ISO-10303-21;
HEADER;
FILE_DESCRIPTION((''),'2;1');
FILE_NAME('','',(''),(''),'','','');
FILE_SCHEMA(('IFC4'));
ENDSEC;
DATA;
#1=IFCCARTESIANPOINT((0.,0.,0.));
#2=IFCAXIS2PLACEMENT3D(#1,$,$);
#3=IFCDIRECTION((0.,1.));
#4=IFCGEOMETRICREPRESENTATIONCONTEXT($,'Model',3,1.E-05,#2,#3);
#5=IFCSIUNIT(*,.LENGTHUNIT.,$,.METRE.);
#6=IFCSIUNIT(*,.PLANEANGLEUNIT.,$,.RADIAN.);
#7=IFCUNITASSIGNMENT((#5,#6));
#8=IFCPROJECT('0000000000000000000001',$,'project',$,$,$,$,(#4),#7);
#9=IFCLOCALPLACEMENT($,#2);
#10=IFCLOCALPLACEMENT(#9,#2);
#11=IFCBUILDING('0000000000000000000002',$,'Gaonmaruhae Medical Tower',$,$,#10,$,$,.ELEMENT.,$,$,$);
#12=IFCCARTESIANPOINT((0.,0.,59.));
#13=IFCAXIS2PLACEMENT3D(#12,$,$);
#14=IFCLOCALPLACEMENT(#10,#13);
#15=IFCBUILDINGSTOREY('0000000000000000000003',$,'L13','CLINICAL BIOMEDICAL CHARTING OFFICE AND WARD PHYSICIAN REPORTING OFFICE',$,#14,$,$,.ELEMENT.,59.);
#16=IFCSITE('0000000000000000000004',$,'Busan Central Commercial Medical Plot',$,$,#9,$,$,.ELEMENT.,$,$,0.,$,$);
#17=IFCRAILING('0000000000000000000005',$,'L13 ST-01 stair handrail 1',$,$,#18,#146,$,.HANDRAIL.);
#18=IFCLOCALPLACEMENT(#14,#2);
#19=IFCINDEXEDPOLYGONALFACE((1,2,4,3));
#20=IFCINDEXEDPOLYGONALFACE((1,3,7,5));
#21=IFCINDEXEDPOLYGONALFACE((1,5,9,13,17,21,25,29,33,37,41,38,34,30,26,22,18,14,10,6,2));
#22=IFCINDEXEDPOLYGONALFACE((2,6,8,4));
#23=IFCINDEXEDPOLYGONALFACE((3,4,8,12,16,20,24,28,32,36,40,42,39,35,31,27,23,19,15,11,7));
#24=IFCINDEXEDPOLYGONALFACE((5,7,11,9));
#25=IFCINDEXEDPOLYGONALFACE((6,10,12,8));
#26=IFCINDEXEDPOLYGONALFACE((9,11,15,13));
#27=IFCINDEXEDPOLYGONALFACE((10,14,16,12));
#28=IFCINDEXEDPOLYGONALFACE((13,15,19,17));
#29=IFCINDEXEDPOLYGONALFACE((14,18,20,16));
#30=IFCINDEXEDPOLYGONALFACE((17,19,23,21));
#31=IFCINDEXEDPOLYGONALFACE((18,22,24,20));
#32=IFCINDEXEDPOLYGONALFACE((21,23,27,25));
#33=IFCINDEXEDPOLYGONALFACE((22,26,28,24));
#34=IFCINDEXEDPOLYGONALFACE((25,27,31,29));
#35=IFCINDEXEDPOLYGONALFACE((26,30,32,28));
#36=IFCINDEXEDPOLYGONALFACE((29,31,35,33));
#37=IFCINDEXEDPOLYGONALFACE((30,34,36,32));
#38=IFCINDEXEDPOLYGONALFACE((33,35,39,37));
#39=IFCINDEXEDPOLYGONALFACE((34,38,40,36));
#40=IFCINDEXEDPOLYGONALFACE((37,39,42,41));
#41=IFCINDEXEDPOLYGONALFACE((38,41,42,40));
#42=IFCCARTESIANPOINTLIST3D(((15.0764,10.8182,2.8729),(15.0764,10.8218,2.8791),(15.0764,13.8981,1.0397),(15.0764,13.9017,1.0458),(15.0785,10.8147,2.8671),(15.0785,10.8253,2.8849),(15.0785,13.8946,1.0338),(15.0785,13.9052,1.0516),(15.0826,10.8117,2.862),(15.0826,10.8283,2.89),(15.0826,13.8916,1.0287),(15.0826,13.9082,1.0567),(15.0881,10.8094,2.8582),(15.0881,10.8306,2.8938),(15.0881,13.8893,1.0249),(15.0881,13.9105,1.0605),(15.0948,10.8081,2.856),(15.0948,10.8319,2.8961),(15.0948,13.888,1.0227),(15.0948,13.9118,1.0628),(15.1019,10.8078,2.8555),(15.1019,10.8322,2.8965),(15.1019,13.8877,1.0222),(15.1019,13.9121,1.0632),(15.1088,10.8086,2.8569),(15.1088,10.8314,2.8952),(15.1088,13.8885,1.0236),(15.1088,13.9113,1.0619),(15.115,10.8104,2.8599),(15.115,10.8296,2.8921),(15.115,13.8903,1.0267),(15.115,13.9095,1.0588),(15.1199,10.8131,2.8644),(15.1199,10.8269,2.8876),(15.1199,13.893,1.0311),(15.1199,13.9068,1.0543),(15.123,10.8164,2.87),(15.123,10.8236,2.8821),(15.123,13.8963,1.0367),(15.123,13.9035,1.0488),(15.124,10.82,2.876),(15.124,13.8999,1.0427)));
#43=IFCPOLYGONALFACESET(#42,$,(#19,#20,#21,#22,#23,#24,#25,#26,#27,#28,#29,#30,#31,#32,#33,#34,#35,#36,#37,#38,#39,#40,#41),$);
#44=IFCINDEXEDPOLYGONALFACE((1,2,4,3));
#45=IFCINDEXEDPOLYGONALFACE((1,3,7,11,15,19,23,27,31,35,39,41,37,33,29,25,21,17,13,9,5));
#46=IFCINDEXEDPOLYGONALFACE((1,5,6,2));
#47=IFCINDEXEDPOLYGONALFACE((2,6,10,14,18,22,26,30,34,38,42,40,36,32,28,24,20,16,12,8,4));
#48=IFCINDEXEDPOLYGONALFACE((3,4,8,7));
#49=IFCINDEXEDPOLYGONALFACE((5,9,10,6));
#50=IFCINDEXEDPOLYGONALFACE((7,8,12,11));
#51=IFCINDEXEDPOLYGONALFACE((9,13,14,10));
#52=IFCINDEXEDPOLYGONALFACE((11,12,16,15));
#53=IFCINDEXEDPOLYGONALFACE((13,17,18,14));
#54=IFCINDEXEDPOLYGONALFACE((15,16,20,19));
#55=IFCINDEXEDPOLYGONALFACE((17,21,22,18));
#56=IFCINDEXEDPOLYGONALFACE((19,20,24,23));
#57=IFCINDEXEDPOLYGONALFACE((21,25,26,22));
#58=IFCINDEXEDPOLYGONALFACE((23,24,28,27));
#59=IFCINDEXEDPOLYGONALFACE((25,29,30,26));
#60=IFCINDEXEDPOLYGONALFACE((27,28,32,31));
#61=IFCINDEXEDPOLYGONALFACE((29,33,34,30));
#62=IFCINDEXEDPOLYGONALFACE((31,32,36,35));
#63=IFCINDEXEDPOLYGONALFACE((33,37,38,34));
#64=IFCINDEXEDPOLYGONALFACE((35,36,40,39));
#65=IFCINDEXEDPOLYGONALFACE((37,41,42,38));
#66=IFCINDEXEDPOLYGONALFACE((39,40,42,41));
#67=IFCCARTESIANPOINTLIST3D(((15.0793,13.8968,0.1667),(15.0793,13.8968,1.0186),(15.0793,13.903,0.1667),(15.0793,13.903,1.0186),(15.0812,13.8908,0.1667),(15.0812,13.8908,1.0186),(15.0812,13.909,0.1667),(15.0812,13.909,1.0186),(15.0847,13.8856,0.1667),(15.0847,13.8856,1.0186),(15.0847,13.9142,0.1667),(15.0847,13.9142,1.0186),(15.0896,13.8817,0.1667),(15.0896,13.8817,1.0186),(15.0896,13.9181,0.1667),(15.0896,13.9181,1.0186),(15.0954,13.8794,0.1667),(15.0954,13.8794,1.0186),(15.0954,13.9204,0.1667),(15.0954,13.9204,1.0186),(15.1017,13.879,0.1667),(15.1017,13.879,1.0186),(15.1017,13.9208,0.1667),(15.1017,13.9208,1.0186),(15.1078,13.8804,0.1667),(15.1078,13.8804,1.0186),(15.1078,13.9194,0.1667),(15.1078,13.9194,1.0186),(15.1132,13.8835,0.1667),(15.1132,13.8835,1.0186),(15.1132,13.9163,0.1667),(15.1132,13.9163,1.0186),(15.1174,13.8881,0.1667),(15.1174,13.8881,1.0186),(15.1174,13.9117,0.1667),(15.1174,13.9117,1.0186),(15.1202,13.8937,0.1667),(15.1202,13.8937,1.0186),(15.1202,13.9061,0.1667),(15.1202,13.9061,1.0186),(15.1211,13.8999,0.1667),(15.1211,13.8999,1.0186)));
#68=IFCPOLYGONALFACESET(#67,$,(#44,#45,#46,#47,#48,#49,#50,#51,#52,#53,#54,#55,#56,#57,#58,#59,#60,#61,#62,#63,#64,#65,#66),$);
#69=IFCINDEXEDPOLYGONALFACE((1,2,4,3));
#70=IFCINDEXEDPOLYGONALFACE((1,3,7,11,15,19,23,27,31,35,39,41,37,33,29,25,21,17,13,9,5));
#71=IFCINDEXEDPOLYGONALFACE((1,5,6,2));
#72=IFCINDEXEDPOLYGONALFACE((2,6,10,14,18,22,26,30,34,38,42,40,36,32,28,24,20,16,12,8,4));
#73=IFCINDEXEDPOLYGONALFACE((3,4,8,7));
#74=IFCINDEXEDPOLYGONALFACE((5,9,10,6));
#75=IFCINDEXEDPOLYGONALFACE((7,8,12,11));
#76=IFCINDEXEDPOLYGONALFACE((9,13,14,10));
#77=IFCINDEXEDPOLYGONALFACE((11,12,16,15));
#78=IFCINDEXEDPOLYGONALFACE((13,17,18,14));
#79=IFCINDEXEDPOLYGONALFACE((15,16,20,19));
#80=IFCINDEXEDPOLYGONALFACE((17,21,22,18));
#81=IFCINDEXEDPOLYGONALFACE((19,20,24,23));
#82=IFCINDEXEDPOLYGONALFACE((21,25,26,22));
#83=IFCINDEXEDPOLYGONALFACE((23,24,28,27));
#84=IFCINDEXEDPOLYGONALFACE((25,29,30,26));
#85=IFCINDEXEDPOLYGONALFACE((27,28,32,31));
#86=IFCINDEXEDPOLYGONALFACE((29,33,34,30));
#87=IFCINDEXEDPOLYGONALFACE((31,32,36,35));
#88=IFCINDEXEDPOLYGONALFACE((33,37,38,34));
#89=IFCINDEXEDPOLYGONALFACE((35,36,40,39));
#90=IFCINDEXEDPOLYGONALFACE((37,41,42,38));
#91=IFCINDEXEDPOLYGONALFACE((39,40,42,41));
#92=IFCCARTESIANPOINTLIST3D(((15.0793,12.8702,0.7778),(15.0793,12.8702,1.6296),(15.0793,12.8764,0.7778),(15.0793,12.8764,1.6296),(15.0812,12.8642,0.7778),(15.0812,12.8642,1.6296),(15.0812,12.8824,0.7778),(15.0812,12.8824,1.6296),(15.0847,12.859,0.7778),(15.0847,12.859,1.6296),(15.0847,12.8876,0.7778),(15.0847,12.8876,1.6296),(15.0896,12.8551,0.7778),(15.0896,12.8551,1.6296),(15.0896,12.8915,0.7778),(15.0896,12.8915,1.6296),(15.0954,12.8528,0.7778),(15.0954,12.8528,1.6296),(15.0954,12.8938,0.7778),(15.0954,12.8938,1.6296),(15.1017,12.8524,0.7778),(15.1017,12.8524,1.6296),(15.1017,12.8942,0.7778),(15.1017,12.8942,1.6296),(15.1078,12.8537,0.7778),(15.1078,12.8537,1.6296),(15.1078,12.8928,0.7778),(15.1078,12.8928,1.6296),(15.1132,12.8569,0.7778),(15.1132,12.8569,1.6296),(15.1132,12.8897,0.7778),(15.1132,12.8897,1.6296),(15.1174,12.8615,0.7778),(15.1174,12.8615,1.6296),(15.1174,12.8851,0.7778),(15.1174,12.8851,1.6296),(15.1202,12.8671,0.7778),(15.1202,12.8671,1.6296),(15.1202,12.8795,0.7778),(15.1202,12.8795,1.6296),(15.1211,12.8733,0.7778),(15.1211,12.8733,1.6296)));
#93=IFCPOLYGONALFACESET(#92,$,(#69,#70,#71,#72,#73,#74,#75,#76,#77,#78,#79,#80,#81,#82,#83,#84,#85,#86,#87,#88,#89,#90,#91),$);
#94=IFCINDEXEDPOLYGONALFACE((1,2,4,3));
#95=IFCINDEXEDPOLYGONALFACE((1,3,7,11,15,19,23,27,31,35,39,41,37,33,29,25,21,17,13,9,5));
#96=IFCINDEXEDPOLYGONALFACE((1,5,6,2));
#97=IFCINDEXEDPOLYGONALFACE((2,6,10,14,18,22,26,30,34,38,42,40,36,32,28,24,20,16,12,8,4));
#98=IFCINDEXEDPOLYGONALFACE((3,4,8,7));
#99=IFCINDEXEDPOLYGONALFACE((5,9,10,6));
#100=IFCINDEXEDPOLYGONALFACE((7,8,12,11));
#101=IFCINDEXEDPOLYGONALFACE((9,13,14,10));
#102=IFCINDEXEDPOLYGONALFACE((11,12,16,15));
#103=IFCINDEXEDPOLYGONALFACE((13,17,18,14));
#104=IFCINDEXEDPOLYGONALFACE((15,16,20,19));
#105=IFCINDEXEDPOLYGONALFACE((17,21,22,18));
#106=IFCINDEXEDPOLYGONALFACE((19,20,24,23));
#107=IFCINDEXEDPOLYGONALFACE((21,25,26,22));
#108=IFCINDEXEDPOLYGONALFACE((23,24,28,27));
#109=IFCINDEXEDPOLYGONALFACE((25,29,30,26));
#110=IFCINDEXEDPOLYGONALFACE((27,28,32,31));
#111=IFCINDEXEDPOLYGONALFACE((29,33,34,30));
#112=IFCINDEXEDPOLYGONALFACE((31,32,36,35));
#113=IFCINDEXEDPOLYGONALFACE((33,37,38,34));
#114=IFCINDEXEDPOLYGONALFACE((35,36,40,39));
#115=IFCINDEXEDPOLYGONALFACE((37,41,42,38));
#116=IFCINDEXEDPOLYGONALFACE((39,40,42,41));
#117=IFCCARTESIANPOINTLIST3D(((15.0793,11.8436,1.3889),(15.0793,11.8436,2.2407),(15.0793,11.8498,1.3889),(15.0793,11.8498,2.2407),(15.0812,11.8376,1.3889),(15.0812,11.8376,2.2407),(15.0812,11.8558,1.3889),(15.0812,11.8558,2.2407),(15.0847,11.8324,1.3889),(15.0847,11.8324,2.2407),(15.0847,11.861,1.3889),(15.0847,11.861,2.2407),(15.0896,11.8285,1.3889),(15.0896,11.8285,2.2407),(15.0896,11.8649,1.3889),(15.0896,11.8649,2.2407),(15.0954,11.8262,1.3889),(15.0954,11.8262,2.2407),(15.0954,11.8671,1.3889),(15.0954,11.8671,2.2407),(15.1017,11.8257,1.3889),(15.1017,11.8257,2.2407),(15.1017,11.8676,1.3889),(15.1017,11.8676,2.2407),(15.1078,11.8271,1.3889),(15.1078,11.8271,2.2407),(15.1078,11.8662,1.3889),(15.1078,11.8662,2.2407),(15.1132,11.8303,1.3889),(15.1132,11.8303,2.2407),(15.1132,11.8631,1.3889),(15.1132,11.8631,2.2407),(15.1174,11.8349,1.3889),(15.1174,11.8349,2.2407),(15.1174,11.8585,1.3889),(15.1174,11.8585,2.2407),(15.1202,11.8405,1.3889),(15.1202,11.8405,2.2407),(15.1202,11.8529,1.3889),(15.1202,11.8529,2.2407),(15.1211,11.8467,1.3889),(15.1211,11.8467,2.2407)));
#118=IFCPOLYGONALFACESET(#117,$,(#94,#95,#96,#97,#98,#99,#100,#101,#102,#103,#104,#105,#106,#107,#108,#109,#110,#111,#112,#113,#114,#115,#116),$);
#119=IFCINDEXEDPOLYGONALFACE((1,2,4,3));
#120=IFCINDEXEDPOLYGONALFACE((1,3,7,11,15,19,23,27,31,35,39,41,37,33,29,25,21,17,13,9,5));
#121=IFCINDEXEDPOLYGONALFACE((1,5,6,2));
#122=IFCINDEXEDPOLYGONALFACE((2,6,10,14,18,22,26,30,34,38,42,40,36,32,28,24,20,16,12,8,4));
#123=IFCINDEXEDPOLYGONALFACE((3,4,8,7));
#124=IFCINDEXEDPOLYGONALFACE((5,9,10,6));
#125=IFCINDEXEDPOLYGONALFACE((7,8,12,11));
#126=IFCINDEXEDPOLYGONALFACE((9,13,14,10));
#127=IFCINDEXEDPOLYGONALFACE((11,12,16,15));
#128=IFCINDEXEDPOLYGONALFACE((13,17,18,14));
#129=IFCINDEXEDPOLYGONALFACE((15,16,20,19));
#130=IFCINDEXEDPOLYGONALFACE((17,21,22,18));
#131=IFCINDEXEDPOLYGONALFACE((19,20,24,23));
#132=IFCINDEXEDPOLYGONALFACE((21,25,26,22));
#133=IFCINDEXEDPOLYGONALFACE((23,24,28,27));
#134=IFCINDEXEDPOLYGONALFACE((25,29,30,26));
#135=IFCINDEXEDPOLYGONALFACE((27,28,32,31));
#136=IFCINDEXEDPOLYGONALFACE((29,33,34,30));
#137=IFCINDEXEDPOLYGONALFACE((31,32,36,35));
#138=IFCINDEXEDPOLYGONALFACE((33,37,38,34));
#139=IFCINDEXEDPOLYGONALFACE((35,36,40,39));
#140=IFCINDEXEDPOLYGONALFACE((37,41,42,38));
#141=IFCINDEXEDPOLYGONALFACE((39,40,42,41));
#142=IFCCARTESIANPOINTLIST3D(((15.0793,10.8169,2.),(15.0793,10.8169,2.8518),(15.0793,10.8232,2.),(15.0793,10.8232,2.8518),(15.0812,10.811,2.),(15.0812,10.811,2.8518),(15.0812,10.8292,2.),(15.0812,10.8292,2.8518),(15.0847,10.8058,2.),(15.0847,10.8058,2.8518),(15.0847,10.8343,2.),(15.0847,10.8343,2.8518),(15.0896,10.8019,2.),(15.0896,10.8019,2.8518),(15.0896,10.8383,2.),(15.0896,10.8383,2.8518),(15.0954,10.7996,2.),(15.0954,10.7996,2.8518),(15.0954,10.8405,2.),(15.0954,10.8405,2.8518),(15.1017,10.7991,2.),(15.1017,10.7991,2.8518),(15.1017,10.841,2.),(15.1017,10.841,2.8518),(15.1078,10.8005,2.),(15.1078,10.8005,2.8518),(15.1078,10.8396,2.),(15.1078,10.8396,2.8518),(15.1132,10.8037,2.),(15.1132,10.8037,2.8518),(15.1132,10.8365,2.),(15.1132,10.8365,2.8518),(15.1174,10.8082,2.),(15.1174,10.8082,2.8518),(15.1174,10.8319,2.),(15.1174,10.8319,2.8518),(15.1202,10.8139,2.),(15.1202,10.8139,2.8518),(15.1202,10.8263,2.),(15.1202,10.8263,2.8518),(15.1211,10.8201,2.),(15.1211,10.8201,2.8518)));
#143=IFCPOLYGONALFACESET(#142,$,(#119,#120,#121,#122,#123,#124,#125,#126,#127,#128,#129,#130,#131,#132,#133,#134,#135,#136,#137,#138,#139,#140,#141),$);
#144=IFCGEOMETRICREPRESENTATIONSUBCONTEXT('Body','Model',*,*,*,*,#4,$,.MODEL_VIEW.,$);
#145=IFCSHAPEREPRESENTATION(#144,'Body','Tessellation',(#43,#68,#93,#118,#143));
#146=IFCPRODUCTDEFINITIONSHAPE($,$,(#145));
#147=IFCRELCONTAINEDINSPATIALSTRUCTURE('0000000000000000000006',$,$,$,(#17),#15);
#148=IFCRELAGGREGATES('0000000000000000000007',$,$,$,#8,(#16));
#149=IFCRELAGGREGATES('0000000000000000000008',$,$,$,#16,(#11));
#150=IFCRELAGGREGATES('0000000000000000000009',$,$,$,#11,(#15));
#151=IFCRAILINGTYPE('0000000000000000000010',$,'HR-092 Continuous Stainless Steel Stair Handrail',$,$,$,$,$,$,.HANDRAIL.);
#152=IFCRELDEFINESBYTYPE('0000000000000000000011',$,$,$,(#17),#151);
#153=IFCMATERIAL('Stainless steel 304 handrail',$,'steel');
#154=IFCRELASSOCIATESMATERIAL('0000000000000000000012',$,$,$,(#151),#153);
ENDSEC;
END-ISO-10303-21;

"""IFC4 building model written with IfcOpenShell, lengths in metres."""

from ifc_helpers import new_model, si_unit, direction, frame, origin, origin_2d, place, context, subcontext, project, spatial, circle, extrude, material, type_object, element, save


model = new_model("IFC4")

# Units and contexts
model_context = context("Model", 3, precision=1e-05, world=origin(), true_north=direction((0.0, 1.0)))
body_context = subcontext(model_context, "Body", "Model", "MODEL_VIEW")
ifc_project = project(units=[si_unit("LENGTHUNIT", "METRE"), si_unit("PLANEANGLEUNIT", "RADIAN")], contexts=[model_context])

# Site, building, storey
site_placement = place(None, origin())
site = spatial("IfcSite", under=ifc_project, at=site_placement, Name="Busan Central Commercial Medical Plot", CompositionType="ELEMENT", RefElevation=0.0)
building_placement = place(site_placement, origin())
building = spatial("IfcBuilding", under=site, at=building_placement, Name="Gaonmaruhae Medical Tower", CompositionType="ELEMENT")
storey_placement = place(building_placement, frame((0.0, 0.0, 59.0)))
storey = spatial("IfcBuildingStorey", under=building, at=storey_placement, Name="L13", Description="CLINICAL BIOMEDICAL CHARTING OFFICE AND WARD PHYSICIAN REPORTING OFFICE", CompositionType="ELEMENT", Elevation=59.0)

# Railing
ifc_material_1 = material(Name="Stainless steel 304 handrail", Category="steel")
railing_type_1 = type_object("IfcRailingType", Name="HR-092 Continuous Stainless Steel Stair Handrail", PredefinedType="HANDRAIL", material=ifc_material_1)
railing_1_placement = place(storey_placement, frame((15.1001, 13.8999, 0.1667)))
element("IfcRailing", 1, at=railing_1_placement, inside=storey, type_object=railing_type_1, Name="L13 ST-01 stair handrail 1", PredefinedType="HANDRAIL", context=body_context, shape_type="SweptSolid", body=[
    extrude(circle(Radius=0.0239, at=origin_2d()), frame((0.0, 0.0, 0.876), z_axis=(0.0, -0.859291, 0.511487), x_axis=(1.0, 0.0, 0.0)), (0.0, 0.0, 1.0), 3.5842),
    extrude(circle(Radius=0.021, at=origin_2d()), origin(), (0.0, 0.0, 1.0), 0.8518),
    extrude(circle(Radius=0.021, at=origin_2d()), frame((0.0, -1.0266, 0.6111)), (0.0, 0.0, 1.0), 0.8518),
    extrude(circle(Radius=0.021, at=origin_2d()), frame((0.0, -2.0532, 1.2222)), (0.0, 0.0, 1.0), 0.8518),
    extrude(circle(Radius=0.021, at=origin_2d()), frame((0.0, -3.0798, 1.8333)), (0.0, 0.0, 1.0), 0.8518),
])

save(model, "model.ifc")
